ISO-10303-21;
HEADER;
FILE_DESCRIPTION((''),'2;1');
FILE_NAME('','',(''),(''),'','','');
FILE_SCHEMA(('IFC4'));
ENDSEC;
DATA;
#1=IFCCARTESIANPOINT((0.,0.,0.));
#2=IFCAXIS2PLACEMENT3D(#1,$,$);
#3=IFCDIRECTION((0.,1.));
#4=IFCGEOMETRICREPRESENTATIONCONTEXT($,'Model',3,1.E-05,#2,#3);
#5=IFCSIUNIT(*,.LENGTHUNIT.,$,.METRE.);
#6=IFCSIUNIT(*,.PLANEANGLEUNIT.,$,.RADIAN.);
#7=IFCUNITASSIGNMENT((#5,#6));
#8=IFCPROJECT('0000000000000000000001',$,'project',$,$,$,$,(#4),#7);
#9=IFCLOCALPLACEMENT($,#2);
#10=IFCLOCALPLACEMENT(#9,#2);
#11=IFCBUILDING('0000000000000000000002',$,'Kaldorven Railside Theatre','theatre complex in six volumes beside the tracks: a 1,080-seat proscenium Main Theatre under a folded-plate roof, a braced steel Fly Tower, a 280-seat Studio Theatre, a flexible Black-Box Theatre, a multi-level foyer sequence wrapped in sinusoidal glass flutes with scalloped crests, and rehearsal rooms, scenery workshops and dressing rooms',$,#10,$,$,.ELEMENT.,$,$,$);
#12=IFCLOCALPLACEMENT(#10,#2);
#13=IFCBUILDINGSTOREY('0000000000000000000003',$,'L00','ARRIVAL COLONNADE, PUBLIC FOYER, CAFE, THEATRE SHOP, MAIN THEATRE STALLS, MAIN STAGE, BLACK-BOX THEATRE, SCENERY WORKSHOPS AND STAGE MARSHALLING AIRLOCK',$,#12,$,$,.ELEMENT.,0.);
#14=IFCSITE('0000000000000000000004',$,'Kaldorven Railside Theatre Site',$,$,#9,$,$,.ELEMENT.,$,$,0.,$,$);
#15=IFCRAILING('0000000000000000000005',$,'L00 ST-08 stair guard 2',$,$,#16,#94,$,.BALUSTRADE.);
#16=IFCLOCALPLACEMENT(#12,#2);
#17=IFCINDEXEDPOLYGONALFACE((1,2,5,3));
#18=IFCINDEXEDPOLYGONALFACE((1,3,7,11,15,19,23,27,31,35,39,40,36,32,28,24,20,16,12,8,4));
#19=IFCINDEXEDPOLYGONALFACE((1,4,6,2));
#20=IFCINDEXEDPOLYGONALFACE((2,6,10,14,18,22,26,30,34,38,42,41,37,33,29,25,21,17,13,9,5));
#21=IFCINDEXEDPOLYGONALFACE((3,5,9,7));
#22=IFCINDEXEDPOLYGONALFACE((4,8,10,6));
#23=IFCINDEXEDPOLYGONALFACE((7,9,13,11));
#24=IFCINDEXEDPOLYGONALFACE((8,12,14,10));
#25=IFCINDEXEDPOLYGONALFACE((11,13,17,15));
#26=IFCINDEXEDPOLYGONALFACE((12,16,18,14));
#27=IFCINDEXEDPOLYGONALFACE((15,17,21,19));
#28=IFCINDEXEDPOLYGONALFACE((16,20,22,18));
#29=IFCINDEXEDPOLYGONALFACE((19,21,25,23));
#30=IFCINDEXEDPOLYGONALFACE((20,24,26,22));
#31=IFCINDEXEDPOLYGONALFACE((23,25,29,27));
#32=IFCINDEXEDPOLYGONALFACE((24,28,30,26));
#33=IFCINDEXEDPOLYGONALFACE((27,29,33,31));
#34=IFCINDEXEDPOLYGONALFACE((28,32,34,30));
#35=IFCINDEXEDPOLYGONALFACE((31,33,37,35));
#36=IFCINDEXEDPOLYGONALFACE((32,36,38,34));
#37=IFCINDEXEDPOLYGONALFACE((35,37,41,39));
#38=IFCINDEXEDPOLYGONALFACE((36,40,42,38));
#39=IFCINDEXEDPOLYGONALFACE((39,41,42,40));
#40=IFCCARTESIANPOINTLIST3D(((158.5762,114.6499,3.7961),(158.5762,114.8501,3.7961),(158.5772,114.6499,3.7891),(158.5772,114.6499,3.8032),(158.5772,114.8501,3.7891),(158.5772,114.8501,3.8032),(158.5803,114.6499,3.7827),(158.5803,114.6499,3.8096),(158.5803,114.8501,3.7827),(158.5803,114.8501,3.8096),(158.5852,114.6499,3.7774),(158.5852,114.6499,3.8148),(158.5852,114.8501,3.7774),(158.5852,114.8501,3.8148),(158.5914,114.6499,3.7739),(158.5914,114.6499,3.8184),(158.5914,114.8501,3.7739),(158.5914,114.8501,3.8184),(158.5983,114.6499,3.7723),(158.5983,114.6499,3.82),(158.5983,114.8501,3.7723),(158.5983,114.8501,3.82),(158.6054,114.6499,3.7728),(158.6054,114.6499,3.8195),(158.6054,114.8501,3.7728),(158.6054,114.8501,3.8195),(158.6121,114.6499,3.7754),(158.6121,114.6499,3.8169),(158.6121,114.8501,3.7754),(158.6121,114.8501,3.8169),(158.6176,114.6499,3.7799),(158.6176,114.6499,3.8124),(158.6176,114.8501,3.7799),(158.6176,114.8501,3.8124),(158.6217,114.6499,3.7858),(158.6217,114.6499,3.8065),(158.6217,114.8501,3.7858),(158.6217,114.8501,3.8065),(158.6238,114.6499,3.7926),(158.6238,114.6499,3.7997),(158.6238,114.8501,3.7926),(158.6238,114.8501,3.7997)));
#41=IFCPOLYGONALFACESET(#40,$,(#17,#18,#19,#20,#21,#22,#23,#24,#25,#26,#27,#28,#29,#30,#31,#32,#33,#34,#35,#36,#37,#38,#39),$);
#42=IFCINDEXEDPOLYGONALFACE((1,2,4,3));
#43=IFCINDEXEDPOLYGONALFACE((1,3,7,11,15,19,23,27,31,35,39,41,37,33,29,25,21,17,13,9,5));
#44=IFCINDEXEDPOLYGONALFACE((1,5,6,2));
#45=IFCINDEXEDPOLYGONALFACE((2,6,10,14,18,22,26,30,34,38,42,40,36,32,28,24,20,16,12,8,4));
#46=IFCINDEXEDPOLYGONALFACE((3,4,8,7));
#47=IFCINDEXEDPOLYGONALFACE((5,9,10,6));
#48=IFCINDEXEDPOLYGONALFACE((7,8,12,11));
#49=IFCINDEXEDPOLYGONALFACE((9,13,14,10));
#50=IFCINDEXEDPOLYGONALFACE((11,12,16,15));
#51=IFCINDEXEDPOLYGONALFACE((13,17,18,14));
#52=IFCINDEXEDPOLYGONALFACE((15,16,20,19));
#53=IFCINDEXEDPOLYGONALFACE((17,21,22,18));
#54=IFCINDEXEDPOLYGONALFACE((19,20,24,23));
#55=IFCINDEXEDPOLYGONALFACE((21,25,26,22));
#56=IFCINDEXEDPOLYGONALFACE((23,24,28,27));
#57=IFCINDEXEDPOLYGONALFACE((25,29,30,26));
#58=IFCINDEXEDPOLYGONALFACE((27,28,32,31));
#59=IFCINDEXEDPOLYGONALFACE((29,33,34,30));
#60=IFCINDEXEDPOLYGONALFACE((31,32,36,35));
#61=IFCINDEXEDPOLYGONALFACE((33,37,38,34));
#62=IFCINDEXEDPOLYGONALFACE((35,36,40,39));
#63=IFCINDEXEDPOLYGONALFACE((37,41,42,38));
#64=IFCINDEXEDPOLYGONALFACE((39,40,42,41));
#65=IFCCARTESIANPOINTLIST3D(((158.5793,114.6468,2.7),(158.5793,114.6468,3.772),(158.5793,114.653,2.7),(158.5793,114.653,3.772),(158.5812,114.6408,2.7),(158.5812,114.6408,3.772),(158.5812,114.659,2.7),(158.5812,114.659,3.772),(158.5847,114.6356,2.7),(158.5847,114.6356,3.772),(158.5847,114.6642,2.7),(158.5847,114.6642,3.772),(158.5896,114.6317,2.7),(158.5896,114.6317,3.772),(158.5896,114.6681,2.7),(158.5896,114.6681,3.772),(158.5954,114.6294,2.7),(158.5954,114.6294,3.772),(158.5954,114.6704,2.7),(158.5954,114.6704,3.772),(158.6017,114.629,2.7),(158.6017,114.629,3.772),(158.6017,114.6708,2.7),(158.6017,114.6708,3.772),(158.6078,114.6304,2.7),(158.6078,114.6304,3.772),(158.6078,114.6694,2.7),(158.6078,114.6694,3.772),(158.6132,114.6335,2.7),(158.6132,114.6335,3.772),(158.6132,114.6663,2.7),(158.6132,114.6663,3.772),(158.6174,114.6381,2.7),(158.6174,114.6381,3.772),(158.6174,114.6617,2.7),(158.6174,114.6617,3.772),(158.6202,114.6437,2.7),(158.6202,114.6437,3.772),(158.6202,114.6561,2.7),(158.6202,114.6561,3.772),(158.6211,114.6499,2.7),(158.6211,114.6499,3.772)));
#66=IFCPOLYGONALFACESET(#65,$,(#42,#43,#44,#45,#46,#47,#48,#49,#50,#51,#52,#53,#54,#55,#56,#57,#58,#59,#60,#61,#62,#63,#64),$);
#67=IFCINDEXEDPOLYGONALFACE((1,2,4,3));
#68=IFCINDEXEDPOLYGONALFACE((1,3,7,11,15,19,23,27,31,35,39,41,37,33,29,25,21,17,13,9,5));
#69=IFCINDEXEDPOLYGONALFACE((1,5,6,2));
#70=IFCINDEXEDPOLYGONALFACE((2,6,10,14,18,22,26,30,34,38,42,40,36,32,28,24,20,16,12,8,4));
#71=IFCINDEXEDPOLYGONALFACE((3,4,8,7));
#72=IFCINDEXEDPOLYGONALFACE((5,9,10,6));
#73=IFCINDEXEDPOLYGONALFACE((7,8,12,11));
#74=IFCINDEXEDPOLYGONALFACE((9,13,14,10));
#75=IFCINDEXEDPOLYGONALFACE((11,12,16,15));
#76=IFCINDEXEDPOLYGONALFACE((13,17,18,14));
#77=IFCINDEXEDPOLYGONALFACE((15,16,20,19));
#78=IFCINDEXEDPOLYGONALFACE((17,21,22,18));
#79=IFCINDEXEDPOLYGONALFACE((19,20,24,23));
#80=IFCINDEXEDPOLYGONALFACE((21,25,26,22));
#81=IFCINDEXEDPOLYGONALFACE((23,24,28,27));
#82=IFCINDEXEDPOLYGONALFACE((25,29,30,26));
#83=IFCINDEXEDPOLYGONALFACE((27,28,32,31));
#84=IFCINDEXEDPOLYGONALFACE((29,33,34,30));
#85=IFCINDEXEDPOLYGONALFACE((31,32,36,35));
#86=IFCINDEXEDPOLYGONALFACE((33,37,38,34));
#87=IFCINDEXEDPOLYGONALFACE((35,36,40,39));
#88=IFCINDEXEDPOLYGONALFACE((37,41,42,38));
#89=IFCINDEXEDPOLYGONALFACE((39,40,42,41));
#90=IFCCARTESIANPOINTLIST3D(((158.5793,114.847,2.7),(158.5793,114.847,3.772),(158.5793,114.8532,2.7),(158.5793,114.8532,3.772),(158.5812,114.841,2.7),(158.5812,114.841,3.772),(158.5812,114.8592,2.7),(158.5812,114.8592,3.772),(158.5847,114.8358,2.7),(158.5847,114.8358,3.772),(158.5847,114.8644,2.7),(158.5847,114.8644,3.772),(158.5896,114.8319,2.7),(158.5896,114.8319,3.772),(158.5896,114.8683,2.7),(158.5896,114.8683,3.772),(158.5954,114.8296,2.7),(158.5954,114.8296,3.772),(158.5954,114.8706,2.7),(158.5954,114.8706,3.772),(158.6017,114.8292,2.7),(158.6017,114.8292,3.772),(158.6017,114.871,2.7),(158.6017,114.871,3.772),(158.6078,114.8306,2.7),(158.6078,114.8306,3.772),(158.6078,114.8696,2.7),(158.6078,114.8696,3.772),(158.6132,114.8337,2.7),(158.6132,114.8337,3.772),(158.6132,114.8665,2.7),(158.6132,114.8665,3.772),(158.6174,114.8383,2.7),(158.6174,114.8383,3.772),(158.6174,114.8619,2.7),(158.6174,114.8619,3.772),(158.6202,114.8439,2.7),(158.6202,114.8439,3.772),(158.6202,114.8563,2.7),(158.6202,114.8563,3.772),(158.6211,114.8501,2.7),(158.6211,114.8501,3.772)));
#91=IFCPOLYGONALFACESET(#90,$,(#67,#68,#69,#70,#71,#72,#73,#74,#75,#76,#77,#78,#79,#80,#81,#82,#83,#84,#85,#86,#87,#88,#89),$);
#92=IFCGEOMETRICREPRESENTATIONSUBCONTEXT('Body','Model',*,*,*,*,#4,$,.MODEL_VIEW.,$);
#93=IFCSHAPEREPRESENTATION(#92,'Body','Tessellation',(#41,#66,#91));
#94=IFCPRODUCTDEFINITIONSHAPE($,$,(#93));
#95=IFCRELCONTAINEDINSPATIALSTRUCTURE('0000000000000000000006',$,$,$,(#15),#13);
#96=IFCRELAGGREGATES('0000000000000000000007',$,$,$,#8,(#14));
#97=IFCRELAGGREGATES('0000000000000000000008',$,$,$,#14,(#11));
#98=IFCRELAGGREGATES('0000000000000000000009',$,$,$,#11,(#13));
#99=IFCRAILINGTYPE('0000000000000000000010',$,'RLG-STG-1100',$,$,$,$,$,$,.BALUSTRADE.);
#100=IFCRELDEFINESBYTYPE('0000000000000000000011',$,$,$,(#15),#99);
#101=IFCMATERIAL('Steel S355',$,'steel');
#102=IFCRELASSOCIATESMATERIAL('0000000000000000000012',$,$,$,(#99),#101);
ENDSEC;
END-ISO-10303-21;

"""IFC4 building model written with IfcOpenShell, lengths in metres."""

from ifc_helpers import new_model, si_unit, direction, frame, origin, origin_2d, place, context, subcontext, project, spatial, circle, extrude, material, type_object, element, save


model = new_model("IFC4")

# Units and contexts
model_context = context("Model", 3, precision=1e-05, world=origin(), true_north=direction((0.0, 1.0)))
body_context = subcontext(model_context, "Body", "Model", "MODEL_VIEW")
ifc_project = project(units=[si_unit("LENGTHUNIT", "METRE"), si_unit("PLANEANGLEUNIT", "RADIAN")], contexts=[model_context])

# Site, building, storey
site_placement = place(None, origin())
site = spatial("IfcSite", under=ifc_project, at=site_placement, Name="Kaldorven Railside Theatre Site", CompositionType="ELEMENT", RefElevation=0.0)
building_placement = place(site_placement, origin())
building = spatial("IfcBuilding", under=site, at=building_placement, Name="Kaldorven Railside Theatre", Description="theatre complex in six volumes beside the tracks: a 1,080-seat proscenium Main Theatre under a folded-plate roof, a braced steel Fly Tower, a 280-seat Studio Theatre, a flexible Black-Box Theatre, a multi-level foyer sequence wrapped in sinusoidal glass flutes with scalloped crests, and rehearsal rooms, scenery workshops and dressing rooms", CompositionType="ELEMENT")
storey_placement = place(building_placement, origin())
storey = spatial("IfcBuildingStorey", under=building, at=storey_placement, Name="L00", Description="ARRIVAL COLONNADE, PUBLIC FOYER, CAFE, THEATRE SHOP, MAIN THEATRE STALLS, MAIN STAGE, BLACK-BOX THEATRE, SCENERY WORKSHOPS AND STAGE MARSHALLING AIRLOCK", CompositionType="ELEMENT", Elevation=0.0)

# Railing
ifc_material_1 = material(Name="Steel S355", Category="steel")
railing_type_1 = type_object("IfcRailingType", Name="RLG-STG-1100", PredefinedType="BALUSTRADE", material=ifc_material_1)
railing_1_placement = place(storey_placement, frame((158.6001, 114.6499, 2.7)))
element("IfcRailing", 1, at=railing_1_placement, inside=storey, type_object=railing_type_1, Name="L00 ST-08 stair guard 2", PredefinedType="BALUSTRADE", context=body_context, shape_type="SweptSolid", body=[
    extrude(circle(Radius=0.0239, at=origin_2d()), frame((0.0, 0.0, 1.0962), z_axis=(0.0, 1.0, 0.0), x_axis=(-1.0, 0.0, 0.0)), (0.0, 0.0, 1.0), 0.2002),
    extrude(circle(Radius=0.021, at=origin_2d()), origin(), (0.0, 0.0, 1.0), 1.072),
    extrude(circle(Radius=0.021, at=origin_2d()), frame((0.0, 0.2002, 0.0)), (0.0, 0.0, 1.0), 1.072),
])

save(model, "model.ifc")
